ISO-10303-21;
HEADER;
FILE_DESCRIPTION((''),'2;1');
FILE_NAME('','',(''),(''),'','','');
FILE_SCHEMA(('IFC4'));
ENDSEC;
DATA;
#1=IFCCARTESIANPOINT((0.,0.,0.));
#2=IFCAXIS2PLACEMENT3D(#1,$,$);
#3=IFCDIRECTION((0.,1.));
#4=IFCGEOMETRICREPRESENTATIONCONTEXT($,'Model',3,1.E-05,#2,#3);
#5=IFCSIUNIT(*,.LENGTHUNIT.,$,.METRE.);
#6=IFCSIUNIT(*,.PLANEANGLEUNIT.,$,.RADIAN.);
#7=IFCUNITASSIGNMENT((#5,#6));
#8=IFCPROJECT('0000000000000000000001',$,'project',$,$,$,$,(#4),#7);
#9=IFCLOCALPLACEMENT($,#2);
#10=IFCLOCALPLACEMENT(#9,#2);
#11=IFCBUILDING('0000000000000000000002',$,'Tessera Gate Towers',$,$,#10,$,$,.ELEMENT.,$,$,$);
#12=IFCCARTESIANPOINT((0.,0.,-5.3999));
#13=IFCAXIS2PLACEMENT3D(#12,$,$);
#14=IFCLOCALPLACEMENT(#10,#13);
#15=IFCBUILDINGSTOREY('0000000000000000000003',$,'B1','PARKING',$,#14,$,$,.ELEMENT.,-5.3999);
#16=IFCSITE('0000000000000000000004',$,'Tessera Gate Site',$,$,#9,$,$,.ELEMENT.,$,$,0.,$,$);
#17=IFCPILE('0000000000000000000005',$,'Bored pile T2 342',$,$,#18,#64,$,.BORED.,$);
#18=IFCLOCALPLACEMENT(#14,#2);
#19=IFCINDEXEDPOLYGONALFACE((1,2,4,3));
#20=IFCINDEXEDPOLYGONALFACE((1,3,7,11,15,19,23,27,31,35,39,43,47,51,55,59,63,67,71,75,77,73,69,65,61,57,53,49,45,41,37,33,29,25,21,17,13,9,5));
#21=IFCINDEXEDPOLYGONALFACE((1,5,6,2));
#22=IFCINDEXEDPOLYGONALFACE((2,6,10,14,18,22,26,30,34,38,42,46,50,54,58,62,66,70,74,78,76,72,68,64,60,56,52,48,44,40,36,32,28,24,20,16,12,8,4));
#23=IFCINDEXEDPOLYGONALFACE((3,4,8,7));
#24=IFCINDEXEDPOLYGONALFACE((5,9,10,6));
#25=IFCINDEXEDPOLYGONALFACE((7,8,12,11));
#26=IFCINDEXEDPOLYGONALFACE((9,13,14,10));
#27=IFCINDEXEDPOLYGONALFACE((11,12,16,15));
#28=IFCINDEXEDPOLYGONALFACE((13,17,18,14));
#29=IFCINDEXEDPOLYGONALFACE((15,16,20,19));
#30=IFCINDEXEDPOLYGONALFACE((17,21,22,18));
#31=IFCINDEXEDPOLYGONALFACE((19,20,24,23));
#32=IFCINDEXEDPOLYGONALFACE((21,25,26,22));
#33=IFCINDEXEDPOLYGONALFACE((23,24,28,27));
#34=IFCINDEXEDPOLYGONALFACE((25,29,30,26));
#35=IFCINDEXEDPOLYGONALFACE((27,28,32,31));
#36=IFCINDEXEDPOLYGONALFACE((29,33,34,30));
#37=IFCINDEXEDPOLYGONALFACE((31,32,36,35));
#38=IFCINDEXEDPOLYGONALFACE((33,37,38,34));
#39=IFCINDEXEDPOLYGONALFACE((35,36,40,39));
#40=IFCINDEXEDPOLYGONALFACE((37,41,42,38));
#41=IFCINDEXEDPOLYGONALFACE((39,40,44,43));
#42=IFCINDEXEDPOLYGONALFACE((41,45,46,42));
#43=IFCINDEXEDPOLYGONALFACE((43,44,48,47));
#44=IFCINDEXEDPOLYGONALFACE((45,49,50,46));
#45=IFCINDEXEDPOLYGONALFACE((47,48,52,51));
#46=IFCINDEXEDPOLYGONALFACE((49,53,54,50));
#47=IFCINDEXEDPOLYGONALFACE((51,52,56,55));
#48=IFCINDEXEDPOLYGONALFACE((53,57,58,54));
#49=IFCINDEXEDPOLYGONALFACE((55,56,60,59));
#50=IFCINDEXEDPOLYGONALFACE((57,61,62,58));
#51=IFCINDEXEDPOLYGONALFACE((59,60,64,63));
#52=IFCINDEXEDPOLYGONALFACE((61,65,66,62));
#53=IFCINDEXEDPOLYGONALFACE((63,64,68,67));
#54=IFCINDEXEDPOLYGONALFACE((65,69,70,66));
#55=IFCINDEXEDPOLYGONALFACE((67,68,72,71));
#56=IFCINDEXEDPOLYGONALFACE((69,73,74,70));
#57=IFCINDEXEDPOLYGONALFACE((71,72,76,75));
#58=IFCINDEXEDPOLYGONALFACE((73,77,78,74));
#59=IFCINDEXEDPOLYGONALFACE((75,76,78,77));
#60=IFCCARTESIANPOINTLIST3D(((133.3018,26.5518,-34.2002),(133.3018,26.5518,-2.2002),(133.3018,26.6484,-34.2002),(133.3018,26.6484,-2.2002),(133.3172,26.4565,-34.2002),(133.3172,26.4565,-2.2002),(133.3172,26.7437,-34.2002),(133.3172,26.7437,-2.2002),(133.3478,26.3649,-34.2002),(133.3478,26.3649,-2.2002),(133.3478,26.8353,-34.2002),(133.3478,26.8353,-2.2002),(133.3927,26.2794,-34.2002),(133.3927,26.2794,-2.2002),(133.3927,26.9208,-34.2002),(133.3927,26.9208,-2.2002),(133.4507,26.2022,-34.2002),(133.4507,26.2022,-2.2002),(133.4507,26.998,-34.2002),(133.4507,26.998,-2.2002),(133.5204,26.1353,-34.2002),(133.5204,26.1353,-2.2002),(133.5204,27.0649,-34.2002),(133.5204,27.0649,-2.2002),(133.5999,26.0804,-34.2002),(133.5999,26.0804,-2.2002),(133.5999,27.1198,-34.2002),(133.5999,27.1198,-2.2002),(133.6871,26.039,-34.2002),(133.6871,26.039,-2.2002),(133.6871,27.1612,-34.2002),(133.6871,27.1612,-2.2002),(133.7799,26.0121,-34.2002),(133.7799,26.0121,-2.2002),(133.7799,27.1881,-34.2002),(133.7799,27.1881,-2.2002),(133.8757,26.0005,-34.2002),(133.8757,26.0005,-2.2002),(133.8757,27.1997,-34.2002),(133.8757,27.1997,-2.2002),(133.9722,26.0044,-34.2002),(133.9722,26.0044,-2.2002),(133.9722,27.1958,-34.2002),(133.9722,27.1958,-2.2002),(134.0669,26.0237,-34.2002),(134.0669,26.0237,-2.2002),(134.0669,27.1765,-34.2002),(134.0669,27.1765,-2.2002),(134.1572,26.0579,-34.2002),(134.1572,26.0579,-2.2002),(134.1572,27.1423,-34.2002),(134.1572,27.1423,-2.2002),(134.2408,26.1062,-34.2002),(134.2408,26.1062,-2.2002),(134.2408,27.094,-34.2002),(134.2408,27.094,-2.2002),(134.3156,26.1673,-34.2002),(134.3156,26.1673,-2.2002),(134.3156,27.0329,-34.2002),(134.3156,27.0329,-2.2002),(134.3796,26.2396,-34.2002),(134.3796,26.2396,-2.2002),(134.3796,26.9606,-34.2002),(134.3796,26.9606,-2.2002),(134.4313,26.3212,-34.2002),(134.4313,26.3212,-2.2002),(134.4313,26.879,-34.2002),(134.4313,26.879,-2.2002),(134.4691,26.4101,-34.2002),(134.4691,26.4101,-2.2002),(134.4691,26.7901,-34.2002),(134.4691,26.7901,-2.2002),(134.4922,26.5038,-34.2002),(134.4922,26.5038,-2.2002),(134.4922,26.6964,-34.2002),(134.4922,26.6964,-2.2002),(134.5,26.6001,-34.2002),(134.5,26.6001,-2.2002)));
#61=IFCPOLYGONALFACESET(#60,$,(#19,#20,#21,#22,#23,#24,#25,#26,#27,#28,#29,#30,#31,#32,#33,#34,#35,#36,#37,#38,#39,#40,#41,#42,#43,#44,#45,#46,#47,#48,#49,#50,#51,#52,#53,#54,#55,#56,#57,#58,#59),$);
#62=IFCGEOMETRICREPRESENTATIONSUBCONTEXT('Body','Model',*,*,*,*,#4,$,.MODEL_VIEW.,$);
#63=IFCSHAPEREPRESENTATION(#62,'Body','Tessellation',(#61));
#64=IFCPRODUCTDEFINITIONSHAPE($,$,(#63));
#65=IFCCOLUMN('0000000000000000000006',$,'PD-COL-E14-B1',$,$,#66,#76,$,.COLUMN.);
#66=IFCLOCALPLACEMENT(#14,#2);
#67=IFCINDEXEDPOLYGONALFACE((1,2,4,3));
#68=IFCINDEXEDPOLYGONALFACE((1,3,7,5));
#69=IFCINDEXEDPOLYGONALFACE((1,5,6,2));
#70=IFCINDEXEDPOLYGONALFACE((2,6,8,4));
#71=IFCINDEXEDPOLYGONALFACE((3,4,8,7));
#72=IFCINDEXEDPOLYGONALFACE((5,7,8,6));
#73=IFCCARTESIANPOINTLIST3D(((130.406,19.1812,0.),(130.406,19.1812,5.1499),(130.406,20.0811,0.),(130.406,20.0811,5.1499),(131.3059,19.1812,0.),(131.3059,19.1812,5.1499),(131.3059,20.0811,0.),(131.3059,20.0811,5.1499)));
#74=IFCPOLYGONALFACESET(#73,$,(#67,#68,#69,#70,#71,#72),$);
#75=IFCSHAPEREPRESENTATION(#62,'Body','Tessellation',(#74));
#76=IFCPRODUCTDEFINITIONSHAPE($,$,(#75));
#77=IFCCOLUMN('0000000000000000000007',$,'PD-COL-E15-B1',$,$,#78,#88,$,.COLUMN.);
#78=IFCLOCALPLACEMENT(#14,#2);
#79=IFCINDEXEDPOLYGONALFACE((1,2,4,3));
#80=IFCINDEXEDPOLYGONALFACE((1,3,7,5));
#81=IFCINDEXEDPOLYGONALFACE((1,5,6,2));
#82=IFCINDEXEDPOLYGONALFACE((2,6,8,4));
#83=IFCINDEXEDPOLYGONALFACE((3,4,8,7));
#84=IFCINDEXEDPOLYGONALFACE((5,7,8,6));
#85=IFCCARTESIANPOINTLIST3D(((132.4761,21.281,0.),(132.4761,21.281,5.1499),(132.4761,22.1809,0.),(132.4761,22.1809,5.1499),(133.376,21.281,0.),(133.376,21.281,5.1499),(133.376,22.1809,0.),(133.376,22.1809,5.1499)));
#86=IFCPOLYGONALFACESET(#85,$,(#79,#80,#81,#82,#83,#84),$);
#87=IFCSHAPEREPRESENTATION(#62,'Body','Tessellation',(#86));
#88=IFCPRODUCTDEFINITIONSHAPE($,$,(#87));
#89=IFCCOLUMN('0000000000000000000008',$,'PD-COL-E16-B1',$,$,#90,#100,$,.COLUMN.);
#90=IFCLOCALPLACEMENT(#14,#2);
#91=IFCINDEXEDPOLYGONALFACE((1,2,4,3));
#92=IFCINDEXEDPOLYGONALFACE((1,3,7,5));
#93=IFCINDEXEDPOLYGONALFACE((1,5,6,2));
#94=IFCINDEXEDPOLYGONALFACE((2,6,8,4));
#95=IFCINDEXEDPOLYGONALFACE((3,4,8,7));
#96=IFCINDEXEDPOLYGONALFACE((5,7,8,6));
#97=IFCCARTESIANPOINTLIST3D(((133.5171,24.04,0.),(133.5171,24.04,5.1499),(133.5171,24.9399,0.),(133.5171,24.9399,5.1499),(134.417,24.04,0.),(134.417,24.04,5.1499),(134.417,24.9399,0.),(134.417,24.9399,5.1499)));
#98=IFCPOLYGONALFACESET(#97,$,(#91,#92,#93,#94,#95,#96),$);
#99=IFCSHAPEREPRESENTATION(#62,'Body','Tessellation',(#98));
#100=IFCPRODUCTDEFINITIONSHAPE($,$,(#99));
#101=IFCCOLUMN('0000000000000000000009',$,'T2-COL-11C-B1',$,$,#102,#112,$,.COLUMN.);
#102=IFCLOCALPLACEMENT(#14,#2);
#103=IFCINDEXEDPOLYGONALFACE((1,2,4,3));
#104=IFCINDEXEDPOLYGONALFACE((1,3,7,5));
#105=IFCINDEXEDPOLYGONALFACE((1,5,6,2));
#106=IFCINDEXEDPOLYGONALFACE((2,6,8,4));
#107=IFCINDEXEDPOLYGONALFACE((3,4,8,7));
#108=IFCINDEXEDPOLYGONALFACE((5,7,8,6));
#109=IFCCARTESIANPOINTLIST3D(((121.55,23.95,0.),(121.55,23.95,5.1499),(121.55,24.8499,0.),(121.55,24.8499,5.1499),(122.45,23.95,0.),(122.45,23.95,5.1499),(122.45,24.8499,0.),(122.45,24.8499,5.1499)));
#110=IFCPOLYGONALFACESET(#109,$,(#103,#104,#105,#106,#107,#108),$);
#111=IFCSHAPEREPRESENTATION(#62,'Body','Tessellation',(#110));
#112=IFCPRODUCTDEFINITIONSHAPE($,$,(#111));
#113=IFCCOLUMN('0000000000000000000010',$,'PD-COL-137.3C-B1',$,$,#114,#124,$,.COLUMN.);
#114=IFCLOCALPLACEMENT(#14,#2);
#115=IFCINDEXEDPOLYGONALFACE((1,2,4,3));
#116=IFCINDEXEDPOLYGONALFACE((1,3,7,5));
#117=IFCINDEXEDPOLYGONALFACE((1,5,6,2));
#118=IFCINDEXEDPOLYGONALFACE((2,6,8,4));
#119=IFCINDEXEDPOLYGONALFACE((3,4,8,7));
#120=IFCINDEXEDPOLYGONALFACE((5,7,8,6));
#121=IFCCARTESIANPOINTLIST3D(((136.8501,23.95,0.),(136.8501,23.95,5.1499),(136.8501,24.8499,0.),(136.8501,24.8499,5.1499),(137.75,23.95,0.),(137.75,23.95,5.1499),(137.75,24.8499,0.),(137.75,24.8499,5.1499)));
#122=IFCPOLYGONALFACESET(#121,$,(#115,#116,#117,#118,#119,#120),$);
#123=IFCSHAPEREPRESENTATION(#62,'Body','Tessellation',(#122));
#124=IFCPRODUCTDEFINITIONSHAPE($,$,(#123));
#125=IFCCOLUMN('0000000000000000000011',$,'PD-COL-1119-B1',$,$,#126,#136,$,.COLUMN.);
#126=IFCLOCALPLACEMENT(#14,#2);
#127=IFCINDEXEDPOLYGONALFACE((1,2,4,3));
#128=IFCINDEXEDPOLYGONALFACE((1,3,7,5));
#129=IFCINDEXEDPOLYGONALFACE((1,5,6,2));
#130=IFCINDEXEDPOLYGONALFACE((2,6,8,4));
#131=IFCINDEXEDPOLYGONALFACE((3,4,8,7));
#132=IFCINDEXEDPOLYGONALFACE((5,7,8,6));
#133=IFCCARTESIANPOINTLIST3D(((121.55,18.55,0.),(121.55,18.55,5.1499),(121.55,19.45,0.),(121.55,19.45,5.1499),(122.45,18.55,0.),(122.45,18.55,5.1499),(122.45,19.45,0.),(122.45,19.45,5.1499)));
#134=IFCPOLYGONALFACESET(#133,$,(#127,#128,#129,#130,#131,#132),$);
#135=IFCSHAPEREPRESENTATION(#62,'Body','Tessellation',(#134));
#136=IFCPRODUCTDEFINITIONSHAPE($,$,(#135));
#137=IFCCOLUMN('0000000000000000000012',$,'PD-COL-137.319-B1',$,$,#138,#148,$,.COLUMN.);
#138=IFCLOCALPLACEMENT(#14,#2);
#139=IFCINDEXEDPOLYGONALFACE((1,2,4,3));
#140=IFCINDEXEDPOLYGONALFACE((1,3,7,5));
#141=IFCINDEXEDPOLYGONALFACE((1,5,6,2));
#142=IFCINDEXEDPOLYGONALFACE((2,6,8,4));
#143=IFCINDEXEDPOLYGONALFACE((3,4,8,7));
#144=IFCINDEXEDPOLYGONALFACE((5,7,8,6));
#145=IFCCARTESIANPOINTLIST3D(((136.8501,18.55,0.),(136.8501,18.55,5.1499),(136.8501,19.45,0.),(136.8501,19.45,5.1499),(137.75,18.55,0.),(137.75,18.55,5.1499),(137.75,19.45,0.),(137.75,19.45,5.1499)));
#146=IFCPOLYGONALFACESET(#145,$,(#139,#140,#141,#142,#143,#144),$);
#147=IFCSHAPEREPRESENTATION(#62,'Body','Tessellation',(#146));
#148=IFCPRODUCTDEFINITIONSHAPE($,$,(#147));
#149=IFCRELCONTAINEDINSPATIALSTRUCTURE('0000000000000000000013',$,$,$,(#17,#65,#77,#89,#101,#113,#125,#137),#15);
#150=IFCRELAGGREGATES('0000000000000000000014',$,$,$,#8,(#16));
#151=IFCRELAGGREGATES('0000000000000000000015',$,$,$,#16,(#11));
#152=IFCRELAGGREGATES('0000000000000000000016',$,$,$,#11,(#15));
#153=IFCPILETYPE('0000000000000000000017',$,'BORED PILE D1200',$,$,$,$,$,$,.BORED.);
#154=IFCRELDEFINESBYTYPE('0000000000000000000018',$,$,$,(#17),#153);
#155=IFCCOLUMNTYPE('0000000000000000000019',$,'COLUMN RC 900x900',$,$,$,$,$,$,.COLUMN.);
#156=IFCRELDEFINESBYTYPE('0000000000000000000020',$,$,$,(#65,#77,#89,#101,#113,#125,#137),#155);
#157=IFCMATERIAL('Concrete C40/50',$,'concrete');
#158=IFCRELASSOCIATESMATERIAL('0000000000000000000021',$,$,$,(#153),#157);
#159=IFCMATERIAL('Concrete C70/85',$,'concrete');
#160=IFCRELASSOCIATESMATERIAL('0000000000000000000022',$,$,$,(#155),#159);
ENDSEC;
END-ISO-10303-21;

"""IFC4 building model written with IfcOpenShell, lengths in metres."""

from ifc_helpers import new_model, si_unit, direction, frame, origin, origin_2d, place, context, subcontext, project, spatial, rectangle, circle, extrude, material, material_profile, profile_set, type_object, element, save


model = new_model("IFC4")

# Units and contexts
model_context = context("Model", 3, precision=1e-05, world=origin(), true_north=direction((0.0, 1.0)))
body_context = subcontext(model_context, "Body", "Model", "MODEL_VIEW")
ifc_project = project(units=[si_unit("LENGTHUNIT", "METRE"), si_unit("PLANEANGLEUNIT", "RADIAN")], contexts=[model_context])

# Site, building, storey
site_placement = place(None, origin())
site = spatial("IfcSite", under=ifc_project, at=site_placement, Name="Tessera Gate Site", CompositionType="ELEMENT", RefElevation=0.0)
building_placement = place(site_placement, origin())
building = spatial("IfcBuilding", under=site, at=building_placement, Name="Tessera Gate Towers", CompositionType="ELEMENT")
storey_placement = place(building_placement, frame((0.0, 0.0, -5.3999)))
storey = spatial("IfcBuildingStorey", under=building, at=storey_placement, Name="B1", Description="PARKING", CompositionType="ELEMENT", Elevation=-5.3999)

# Pile
ifc_material_1 = material(Name="Concrete C40/50", Category="concrete")
ifc_material_profile_1 = material_profile(ifc_material_1, circle(Radius=0.6001, at=origin_2d()), Name="BORED PILE D1200")
ifc_profile_set_1 = profile_set([ifc_material_profile_1], Name="Concrete C40/50")
pile_type = type_object("IfcPileType", Name="BORED PILE D1200", PredefinedType="BORED", material=ifc_profile_set_1)
for number, where, z_axis, x_axis, name in (
    (1, (133.8999, 26.6001, -2.2002), (0.0, 0.0, -1.0), (1.0, 0.0, 0.0), "Bored pile T2 342"),
):
    element("IfcPile", number, at=place(storey_placement, frame(where, z_axis=z_axis, x_axis=x_axis)), inside=storey, type_object=pile_type, Name=name, PredefinedType="BORED", context=body_context, shape_type="SweptSolid", body=[
        extrude(circle(Radius=0.6001, at=origin_2d()), origin(), (0.0, 0.0, 1.0), 32.0),
    ])

# Columns
ifc_material_2 = material(Name="Concrete C70/85", Category="concrete")
ifc_material_profile_2 = material_profile(ifc_material_2, rectangle(XDim=0.8999, YDim=0.8999, at=origin_2d()), Name="RC 900x900")
ifc_profile_set_2 = profile_set([ifc_material_profile_2], Name="Concrete C70/85")
column_type = type_object("IfcColumnType", Name="COLUMN RC 900x900", PredefinedType="COLUMN", material=ifc_profile_set_2)
for number, where, z_axis, x_axis, name in (
    (2, (130.856, 19.6311, 0.0), (0.0, 0.0, 1.0), (1.0, 0.0, 0.0), "PD-COL-E14-B1"),
    (3, (132.926, 21.731, 0.0), (0.0, 0.0, 1.0), (1.0, 0.0, 0.0), "PD-COL-E15-B1"),
    (4, (133.967, 24.49, 0.0), (0.0, 0.0, 1.0), (1.0, 0.0, 0.0), "PD-COL-E16-B1"),
    (5, (122.0, 24.3999, 0.0), (0.0, 0.0, 1.0), (1.0, 0.0, 0.0), "T2-COL-11C-B1"),
    (6, (137.3, 24.3999, 0.0), (0.0, 0.0, 1.0), (1.0, 0.0, 0.0), "PD-COL-137.3C-B1"),
    (7, (122.0, 19.0, 0.0), (0.0, 0.0, 1.0), (1.0, 0.0, 0.0), "PD-COL-1119-B1"),
    (8, (137.3, 19.0, 0.0), (0.0, 0.0, 1.0), (1.0, 0.0, 0.0), "PD-COL-137.319-B1"),
):
    element("IfcColumn", number, at=place(storey_placement, frame(where, z_axis=z_axis, x_axis=x_axis)), inside=storey, type_object=column_type, Name=name, PredefinedType="COLUMN", context=body_context, shape_type="SweptSolid", body=[
        extrude(rectangle(XDim=0.8999, YDim=0.8999, at=origin_2d()), origin(), (0.0, 0.0, 1.0), 5.1499),
    ])

save(model, "model.ifc")
